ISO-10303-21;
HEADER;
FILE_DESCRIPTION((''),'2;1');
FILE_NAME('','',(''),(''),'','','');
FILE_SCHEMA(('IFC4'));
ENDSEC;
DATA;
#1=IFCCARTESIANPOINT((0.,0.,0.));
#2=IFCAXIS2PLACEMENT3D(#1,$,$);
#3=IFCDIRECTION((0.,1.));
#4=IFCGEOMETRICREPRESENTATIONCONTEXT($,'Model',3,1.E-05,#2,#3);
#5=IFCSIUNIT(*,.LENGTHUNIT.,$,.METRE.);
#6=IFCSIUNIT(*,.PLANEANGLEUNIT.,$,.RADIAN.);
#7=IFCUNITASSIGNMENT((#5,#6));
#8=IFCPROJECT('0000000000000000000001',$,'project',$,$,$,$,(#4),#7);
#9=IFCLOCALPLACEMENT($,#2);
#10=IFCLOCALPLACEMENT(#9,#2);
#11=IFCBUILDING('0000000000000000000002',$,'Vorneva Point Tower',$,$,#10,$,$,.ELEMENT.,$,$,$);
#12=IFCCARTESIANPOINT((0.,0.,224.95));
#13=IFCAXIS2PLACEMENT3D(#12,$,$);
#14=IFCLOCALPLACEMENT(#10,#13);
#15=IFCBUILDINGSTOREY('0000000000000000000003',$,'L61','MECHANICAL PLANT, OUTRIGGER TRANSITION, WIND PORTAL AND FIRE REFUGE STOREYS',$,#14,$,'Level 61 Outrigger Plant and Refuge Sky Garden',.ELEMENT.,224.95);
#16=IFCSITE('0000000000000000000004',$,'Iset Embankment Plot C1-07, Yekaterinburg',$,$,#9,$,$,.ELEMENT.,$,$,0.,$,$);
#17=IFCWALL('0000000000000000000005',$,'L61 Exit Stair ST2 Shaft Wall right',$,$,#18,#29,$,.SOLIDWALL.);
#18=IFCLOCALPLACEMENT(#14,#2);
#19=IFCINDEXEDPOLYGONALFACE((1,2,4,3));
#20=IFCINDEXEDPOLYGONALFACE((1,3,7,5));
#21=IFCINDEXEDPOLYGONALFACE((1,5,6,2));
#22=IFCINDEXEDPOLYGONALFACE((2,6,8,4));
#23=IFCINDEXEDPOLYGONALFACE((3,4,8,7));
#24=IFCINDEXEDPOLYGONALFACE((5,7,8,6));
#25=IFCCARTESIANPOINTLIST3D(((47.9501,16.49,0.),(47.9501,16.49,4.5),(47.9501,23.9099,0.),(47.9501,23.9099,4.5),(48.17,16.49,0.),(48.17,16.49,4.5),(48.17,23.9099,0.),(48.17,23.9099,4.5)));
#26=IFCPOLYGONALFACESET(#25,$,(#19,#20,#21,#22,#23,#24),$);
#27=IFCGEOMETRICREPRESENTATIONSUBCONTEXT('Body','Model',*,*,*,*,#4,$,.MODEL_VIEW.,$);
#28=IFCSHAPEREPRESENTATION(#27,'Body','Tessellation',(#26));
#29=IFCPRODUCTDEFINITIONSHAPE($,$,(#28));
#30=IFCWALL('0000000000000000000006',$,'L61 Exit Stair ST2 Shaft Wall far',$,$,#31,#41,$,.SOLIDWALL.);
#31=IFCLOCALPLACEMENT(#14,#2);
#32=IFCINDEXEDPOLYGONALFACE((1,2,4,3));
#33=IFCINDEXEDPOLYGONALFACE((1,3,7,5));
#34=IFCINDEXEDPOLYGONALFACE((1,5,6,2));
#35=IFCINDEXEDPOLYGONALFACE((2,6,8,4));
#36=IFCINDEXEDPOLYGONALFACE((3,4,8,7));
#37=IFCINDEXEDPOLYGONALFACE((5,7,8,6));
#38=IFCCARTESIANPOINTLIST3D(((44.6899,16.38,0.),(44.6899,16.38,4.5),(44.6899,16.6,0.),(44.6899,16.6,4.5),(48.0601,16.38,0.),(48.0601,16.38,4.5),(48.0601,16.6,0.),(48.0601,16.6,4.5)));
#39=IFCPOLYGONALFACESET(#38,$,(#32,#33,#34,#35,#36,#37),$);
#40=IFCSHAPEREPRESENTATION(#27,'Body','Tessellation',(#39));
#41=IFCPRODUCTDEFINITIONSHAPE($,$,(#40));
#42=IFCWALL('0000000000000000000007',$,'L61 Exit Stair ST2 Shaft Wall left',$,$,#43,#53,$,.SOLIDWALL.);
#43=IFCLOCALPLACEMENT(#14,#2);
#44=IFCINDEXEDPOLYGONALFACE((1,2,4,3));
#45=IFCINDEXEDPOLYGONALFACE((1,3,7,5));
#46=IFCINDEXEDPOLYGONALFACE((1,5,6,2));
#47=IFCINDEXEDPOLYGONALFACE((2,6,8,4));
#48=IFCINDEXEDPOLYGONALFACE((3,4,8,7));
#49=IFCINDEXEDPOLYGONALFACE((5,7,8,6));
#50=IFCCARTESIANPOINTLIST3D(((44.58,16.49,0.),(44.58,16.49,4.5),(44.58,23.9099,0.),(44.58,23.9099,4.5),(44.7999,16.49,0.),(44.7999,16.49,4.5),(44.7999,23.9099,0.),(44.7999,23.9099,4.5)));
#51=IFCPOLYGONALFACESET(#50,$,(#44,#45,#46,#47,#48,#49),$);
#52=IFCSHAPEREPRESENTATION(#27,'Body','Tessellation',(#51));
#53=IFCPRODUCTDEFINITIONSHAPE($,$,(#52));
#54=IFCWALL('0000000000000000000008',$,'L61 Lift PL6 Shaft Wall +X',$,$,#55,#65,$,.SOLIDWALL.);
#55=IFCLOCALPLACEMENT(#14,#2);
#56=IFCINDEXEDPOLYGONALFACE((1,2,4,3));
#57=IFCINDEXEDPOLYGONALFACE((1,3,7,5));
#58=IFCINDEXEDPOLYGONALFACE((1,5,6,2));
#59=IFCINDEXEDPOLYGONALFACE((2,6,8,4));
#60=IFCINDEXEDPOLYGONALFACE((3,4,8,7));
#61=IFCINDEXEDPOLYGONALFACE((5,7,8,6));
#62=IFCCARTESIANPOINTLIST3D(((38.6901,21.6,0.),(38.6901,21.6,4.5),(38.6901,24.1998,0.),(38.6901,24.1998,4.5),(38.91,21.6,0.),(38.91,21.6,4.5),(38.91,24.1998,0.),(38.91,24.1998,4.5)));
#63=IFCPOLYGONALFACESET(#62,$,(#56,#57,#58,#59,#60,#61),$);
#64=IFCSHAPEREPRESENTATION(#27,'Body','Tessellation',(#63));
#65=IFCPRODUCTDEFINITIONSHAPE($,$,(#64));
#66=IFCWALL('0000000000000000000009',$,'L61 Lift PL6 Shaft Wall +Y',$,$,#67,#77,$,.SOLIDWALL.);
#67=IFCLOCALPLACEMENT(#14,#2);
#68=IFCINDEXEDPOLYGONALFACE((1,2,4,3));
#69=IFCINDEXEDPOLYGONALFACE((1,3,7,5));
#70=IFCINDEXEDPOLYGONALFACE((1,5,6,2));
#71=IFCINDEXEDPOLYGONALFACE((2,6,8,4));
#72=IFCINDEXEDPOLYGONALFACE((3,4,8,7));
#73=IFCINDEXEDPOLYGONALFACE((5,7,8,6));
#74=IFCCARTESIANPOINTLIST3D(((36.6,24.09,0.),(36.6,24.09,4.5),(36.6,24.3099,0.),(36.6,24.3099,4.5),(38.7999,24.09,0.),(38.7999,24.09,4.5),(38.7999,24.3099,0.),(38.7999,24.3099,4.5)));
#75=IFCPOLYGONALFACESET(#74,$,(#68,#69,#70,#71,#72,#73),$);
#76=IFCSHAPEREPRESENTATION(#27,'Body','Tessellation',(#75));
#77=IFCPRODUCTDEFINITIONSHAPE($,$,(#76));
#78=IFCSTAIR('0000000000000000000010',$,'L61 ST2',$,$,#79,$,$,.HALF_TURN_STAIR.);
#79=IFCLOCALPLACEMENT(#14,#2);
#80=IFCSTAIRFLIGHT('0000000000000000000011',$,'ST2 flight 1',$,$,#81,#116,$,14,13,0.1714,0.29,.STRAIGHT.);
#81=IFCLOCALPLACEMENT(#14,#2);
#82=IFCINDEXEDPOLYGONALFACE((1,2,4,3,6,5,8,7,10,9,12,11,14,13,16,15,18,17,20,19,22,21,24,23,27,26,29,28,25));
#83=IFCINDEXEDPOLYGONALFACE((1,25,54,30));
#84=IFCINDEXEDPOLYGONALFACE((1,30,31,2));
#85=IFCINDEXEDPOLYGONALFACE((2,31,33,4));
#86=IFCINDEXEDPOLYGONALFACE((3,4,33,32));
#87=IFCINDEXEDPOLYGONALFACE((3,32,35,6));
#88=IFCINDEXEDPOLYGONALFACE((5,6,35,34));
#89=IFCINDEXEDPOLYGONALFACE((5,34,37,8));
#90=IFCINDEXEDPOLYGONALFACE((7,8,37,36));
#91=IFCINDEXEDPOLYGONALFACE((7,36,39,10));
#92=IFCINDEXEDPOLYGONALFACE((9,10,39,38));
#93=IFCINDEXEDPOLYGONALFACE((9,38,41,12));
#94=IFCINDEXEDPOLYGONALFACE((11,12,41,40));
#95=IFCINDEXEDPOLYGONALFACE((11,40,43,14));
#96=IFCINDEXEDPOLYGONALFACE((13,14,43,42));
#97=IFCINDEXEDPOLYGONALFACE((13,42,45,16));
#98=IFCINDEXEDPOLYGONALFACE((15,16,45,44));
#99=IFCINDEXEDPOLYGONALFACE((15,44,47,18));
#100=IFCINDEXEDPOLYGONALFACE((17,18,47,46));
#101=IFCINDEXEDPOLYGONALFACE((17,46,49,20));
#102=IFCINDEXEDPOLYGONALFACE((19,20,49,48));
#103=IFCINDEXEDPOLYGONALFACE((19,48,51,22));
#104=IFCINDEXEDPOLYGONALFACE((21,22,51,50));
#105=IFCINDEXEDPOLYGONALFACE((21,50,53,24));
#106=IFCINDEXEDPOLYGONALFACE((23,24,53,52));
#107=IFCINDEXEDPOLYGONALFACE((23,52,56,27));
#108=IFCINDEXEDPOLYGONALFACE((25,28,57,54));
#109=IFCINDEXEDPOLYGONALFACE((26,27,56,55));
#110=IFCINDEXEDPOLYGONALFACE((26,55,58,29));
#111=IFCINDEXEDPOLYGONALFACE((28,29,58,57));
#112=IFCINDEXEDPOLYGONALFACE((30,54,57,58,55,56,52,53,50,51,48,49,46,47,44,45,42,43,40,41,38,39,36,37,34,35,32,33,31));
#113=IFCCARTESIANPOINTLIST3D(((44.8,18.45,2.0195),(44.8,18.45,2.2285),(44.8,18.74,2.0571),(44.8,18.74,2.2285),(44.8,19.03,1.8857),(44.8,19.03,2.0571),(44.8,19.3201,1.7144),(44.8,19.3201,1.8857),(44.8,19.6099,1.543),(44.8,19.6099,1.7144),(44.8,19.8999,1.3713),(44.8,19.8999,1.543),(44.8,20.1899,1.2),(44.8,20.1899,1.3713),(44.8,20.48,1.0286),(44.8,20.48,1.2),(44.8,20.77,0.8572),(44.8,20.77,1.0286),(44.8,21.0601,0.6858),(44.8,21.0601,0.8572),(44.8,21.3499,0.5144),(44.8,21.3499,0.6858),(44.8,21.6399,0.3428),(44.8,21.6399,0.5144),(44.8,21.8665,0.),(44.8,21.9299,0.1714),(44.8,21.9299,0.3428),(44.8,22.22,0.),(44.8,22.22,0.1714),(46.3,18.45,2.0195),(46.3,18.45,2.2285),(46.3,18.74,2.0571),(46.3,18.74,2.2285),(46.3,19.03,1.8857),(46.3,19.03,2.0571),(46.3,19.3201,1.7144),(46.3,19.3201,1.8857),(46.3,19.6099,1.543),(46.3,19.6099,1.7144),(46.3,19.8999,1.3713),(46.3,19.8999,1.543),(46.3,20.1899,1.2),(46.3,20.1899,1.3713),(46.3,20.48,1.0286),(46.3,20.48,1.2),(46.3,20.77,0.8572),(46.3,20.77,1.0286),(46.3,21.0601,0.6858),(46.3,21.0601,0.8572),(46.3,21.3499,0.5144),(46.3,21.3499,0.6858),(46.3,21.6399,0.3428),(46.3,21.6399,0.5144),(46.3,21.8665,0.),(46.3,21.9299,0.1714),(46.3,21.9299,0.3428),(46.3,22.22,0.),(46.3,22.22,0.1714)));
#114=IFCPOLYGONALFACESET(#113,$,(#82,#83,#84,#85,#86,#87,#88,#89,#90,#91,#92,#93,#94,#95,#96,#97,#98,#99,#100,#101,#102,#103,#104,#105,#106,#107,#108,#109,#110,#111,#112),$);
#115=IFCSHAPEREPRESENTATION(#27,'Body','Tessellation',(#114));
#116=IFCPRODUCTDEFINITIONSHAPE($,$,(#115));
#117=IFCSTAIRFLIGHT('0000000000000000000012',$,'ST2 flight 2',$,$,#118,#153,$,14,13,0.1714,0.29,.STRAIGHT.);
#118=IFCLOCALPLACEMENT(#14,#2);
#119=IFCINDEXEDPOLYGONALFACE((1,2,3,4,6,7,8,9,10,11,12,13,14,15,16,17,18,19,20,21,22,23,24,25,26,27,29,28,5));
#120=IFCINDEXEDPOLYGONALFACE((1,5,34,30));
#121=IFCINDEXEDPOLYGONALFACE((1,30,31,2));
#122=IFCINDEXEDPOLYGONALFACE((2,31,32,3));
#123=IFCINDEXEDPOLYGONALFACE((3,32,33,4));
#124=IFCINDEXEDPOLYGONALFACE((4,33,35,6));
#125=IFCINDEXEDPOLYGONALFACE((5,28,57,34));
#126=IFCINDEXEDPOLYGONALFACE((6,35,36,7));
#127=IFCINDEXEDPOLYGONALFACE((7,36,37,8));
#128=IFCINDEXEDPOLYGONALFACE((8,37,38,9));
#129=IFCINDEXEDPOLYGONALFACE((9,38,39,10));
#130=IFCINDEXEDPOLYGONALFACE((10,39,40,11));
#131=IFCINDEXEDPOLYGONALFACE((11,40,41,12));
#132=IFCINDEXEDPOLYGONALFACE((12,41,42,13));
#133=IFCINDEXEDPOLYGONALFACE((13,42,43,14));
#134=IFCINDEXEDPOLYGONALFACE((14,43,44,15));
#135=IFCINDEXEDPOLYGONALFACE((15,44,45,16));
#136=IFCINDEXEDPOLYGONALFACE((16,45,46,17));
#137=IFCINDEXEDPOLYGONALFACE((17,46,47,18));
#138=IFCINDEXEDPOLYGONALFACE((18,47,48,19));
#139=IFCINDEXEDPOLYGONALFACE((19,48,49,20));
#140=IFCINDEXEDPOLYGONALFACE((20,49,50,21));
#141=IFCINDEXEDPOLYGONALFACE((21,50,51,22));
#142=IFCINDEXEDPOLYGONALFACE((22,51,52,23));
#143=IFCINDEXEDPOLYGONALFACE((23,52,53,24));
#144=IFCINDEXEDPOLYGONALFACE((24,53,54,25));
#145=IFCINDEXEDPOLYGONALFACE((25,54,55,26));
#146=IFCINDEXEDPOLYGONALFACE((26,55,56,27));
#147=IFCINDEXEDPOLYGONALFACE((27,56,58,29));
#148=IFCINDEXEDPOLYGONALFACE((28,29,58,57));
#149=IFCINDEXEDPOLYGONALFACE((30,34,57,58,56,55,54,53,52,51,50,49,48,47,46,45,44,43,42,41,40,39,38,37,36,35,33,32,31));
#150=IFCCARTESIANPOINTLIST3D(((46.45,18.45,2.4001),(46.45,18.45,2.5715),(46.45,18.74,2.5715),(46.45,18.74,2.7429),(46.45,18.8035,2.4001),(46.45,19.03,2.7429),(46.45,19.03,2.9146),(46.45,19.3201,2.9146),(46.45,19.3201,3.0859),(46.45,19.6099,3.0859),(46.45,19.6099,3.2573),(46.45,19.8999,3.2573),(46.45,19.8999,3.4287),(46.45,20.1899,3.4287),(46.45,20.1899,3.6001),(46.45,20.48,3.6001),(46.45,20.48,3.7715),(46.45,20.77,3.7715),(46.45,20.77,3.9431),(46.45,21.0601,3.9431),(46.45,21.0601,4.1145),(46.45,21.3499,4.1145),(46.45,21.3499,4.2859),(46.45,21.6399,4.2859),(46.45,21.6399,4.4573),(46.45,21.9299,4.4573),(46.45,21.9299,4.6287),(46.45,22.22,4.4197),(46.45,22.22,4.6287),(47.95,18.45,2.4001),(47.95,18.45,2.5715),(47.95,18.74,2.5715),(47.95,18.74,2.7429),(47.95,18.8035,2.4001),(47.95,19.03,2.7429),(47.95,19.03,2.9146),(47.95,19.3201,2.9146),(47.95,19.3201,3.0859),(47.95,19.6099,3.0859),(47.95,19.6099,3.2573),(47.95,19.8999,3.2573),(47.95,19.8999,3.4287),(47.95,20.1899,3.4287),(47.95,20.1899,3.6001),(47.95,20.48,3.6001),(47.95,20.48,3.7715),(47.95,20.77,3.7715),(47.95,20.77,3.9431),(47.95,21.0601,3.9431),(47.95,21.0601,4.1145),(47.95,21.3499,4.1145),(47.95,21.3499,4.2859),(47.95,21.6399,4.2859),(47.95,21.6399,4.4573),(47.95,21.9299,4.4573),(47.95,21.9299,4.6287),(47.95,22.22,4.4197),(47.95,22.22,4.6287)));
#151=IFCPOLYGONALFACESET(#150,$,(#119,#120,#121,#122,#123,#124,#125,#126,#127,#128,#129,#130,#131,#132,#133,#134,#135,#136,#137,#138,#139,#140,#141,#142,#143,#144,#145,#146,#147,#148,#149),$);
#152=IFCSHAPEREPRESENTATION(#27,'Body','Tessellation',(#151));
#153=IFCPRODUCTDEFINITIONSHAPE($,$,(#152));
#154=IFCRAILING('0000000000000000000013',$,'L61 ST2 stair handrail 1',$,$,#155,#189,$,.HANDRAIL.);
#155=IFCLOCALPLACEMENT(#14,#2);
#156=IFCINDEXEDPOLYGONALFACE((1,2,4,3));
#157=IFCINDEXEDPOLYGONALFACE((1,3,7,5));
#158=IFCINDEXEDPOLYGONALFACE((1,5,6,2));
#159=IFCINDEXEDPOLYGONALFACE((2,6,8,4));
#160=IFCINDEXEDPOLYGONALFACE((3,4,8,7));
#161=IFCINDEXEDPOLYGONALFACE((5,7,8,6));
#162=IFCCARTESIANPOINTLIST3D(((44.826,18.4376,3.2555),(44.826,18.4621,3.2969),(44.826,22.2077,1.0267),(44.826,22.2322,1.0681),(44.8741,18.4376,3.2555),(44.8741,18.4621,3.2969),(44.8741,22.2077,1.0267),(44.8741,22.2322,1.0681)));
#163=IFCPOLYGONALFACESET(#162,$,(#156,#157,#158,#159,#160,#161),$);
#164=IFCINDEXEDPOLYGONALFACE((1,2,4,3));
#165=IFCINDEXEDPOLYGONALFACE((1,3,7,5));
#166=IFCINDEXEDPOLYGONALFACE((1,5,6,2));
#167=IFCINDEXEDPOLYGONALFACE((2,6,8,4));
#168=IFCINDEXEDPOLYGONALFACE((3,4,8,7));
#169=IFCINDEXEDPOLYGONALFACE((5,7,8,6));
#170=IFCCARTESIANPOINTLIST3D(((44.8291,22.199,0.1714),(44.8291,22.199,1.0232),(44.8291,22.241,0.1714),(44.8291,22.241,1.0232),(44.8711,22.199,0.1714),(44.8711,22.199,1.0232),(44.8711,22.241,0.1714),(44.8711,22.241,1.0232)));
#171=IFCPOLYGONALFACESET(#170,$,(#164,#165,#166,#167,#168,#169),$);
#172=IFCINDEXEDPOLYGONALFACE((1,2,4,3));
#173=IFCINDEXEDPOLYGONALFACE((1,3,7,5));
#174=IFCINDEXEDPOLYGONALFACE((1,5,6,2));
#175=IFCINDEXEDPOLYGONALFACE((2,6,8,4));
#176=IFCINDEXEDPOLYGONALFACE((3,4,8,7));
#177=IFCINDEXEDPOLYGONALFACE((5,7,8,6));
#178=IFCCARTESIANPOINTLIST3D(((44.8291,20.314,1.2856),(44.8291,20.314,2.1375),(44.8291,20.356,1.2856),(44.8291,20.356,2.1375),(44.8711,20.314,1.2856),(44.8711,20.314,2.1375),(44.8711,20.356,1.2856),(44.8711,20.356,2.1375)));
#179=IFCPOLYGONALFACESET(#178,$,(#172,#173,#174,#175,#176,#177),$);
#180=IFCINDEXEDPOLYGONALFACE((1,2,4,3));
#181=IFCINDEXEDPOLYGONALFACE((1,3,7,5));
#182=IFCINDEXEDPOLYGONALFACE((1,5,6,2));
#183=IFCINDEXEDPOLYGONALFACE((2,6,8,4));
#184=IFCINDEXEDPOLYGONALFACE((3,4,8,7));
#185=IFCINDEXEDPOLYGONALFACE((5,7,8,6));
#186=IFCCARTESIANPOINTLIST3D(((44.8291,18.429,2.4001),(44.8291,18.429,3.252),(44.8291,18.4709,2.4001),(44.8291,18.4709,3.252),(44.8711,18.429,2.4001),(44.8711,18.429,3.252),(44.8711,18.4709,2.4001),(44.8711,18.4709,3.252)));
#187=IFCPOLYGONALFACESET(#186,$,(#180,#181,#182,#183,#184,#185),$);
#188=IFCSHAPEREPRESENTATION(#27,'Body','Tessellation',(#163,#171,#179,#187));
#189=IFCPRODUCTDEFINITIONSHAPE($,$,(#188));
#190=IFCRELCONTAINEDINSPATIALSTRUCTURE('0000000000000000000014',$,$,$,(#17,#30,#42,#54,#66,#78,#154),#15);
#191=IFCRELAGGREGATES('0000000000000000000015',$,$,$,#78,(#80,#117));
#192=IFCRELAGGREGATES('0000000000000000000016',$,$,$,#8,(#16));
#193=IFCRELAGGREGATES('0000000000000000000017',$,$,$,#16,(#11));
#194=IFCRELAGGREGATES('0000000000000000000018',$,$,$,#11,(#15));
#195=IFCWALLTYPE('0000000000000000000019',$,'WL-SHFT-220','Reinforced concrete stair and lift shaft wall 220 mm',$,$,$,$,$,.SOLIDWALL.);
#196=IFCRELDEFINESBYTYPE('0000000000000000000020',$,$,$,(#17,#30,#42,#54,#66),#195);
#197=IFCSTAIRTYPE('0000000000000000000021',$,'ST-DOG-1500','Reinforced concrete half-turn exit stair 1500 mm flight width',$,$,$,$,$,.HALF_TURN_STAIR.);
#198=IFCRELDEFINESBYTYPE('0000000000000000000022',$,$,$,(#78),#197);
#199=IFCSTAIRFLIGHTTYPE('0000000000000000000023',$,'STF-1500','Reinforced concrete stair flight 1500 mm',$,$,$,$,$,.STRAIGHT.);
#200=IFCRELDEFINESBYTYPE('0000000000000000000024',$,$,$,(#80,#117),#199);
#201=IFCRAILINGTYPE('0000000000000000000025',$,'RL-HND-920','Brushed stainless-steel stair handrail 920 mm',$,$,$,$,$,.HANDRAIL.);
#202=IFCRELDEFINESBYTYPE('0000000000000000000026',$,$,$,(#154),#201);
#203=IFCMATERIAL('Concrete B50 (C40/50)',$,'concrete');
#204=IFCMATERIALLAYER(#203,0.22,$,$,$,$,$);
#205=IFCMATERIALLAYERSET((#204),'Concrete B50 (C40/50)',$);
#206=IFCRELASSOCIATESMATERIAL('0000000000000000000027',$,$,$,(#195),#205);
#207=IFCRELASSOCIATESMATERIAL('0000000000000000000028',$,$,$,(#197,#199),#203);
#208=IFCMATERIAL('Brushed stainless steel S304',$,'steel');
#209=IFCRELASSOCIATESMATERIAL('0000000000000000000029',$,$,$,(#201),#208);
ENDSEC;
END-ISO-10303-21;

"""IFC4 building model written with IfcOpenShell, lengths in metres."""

from ifc_helpers import new_model, si_unit, direction, frame, frame_2d, origin, origin_2d, place, context, subcontext, project, spatial, polyline, rectangle, outline, extrude, material, layer, layer_set, type_object, element, aggregate, save


model = new_model("IFC4")

# Units and contexts
model_context = context("Model", 3, precision=1e-05, world=origin(), true_north=direction((0.0, 1.0)))
body_context = subcontext(model_context, "Body", "Model", "MODEL_VIEW")
ifc_project = project(units=[si_unit("LENGTHUNIT", "METRE"), si_unit("PLANEANGLEUNIT", "RADIAN")], contexts=[model_context])

# Site, building, storey
site_placement = place(None, origin())
site = spatial("IfcSite", under=ifc_project, at=site_placement, Name="Iset Embankment Plot C1-07, Yekaterinburg", CompositionType="ELEMENT", RefElevation=0.0)
building_placement = place(site_placement, origin())
building = spatial("IfcBuilding", under=site, at=building_placement, Name="Vorneva Point Tower", CompositionType="ELEMENT")
storey_placement = place(building_placement, frame((0.0, 0.0, 224.95)))
storey = spatial("IfcBuildingStorey", under=building, at=storey_placement, Name="L61", Description="MECHANICAL PLANT, OUTRIGGER TRANSITION, WIND PORTAL AND FIRE REFUGE STOREYS", LongName="Level 61 Outrigger Plant and Refuge Sky Garden", CompositionType="ELEMENT", Elevation=224.95)

# Shared definitions
ifc_material_1 = material(Name="Concrete B50 (C40/50)", Category="concrete")

# Shared definitions
ifc_layer_1 = layer(ifc_material_1, 0.22)
ifc_layer_set_1 = layer_set([ifc_layer_1], Name="Concrete B50 (C40/50)")
wall_type_1 = type_object("IfcWallType", Name="WL-SHFT-220", Description="Reinforced concrete stair and lift shaft wall 220 mm", PredefinedType="SOLIDWALL", material=ifc_layer_set_1)

# Walls
wall_1_placement = place(storey_placement, frame((48.0601, 23.9099, 0.0), z_axis=(0.0, 0.0, 1.0), x_axis=(0.0, -1.0, 0.0)))
element("IfcWall", 1, at=wall_1_placement, inside=storey, type_object=wall_type_1, Name="L61 Exit Stair ST2 Shaft Wall right", PredefinedType="SOLIDWALL", context=body_context, shape_type="SweptSolid", body=[
    extrude(rectangle(XDim=7.4199, YDim=0.22, at=frame_2d((3.71, 0.0))), origin(), (0.0, 0.0, 1.0), 4.5),
])
wall_2_placement = place(storey_placement, frame((48.0601, 16.49, 0.0), z_axis=(0.0, 0.0, 1.0), x_axis=(-1.0, 0.0, 0.0)))
element("IfcWall", 2, at=wall_2_placement, inside=storey, type_object=wall_type_1, Name="L61 Exit Stair ST2 Shaft Wall far", PredefinedType="SOLIDWALL", context=body_context, shape_type="SweptSolid", body=[
    extrude(rectangle(XDim=3.3701, YDim=0.22, at=frame_2d((1.6851, 0.0))), origin(), (0.0, 0.0, 1.0), 4.5),
])
wall_3_placement = place(storey_placement, frame((44.6899, 16.49, 0.0), z_axis=(0.0, 0.0, 1.0), x_axis=(0.0, 1.0, 0.0)))
element("IfcWall", 3, at=wall_3_placement, inside=storey, type_object=wall_type_1, Name="L61 Exit Stair ST2 Shaft Wall left", PredefinedType="SOLIDWALL", context=body_context, shape_type="SweptSolid", body=[
    extrude(rectangle(XDim=7.4199, YDim=0.22, at=frame_2d((3.71, 0.0))), origin(), (0.0, 0.0, 1.0), 4.5),
])
wall_4_placement = place(storey_placement, frame((38.8, 21.6001, 0.0), z_axis=(0.0, 0.0, 1.0), x_axis=(0.0, 1.0, 0.0)))
element("IfcWall", 4, at=wall_4_placement, inside=storey, type_object=wall_type_1, Name="L61 Lift PL6 Shaft Wall +X", PredefinedType="SOLIDWALL", context=body_context, shape_type="SweptSolid", body=[
    extrude(rectangle(XDim=2.5999, YDim=0.22, at=frame_2d((1.2998, 0.0))), origin(), (0.0, 0.0, 1.0), 4.5),
])
wall_5_placement = place(storey_placement, frame((38.8, 24.2, 0.0), z_axis=(0.0, 0.0, 1.0), x_axis=(-1.0, 0.0, 0.0)))
element("IfcWall", 5, at=wall_5_placement, inside=storey, type_object=wall_type_1, Name="L61 Lift PL6 Shaft Wall +Y", PredefinedType="SOLIDWALL", context=body_context, shape_type="SweptSolid", body=[
    extrude(rectangle(XDim=2.2, YDim=0.22, at=frame_2d((1.1001, 0.0))), origin(), (0.0, 0.0, 1.0), 4.5),
])

# Stair, stair flights
stair_type = type_object("IfcStairType", Name="ST-DOG-1500", Description="Reinforced concrete half-turn exit stair 1500 mm flight width", PredefinedType="HALF_TURN_STAIR", material=ifc_material_1)
stair_placement = place(storey_placement, origin())
stair = element("IfcStair", 6, at=stair_placement, inside=storey, type_object=stair_type, Name="L61 ST2", PredefinedType="HALF_TURN_STAIR")
stair_flight_type = type_object("IfcStairFlightType", Name="STF-1500", Description="Reinforced concrete stair flight 1500 mm", PredefinedType="STRAIGHT", material=ifc_material_1)
stair_flight_1_placement = place(storey_placement, frame((45.55, 22.22, 0.0), z_axis=(0.0, 0.0, 1.0), x_axis=(0.0, -1.0, 0.0)))
stair_flight_1 = element("IfcStairFlight", 7, at=stair_flight_1_placement, type_object=stair_flight_type, Name="ST2 flight 1", NumberOfRisers=14, NumberOfTreads=13, PredefinedType="STRAIGHT", RiserHeight=0.1714, TreadLength=0.29, context=body_context, shape_type="SweptSolid", body=[
    extrude(outline(polyline([(0.0, 0.0), (0.0, 0.1714), (0.29, 0.1714), (0.29, 0.3428), (0.5801, 0.3428), (0.5801, 0.5144), (0.8701, 0.5144), (0.8701, 0.6858), (1.1599, 0.6858), (1.1599, 0.8572), (1.45, 0.8572), (1.45, 1.0286), (1.74, 1.0286), (1.74, 1.2), (2.03, 1.2), (2.03, 1.3713), (2.3201, 1.3713), (2.3201, 1.543), (2.6101, 1.543), (2.6101, 1.7144), (2.8999, 1.7144), (2.8999, 1.8857), (3.1899, 1.8857), (3.1899, 2.0571), (3.48, 2.0571), (3.48, 2.2285), (3.77, 2.2285), (3.77, 2.3999), (3.77, 2.0195), (0.3535, 0.0), (0.0, 0.0)])), frame((0.0, 0.75, 0.0), z_axis=(0.0, -1.0, 0.0), x_axis=(1.0, 0.0, 0.0)), (0.0, 0.0, 1.0), 1.5),
])
stair_flight_2_placement = place(storey_placement, frame((47.2, 18.45, 2.4001), z_axis=(0.0, 0.0, 1.0), x_axis=(0.0, 1.0, 0.0)))
stair_flight_2 = element("IfcStairFlight", 8, at=stair_flight_2_placement, type_object=stair_flight_type, Name="ST2 flight 2", NumberOfRisers=14, NumberOfTreads=13, PredefinedType="STRAIGHT", RiserHeight=0.1714, TreadLength=0.29, context=body_context, shape_type="SweptSolid", body=[
    extrude(outline(polyline([(0.0, 0.0), (0.0, 0.1714), (0.29, 0.1714), (0.29, 0.3428), (0.5801, 0.3428), (0.5801, 0.5144), (0.8701, 0.5144), (0.8701, 0.6858), (1.1599, 0.6858), (1.1599, 0.8572), (1.45, 0.8572), (1.45, 1.0286), (1.74, 1.0286), (1.74, 1.2), (2.03, 1.2), (2.03, 1.3713), (2.3201, 1.3713), (2.3201, 1.543), (2.6101, 1.543), (2.6101, 1.7144), (2.8999, 1.7144), (2.8999, 1.8857), (3.1899, 1.8857), (3.1899, 2.0571), (3.48, 2.0571), (3.48, 2.2285), (3.77, 2.2285), (3.77, 2.3999), (3.77, 2.0195), (0.3535, 0.0), (0.0, 0.0)])), frame((0.0, 0.75, 0.0), z_axis=(0.0, -1.0, 0.0), x_axis=(1.0, 0.0, 0.0)), (0.0, 0.0, 1.0), 1.5),
])
aggregate(stair, [stair_flight_1, stair_flight_2])

# Railing
ifc_material_2 = material(Name="Brushed stainless steel S304", Category="steel")
railing_type_1 = type_object("IfcRailingType", Name="RL-HND-920", Description="Brushed stainless-steel stair handrail 920 mm", PredefinedType="HANDRAIL", material=ifc_material_2)
railing_1_placement = place(storey_placement, frame((44.8501, 22.22, 0.1714)))
element("IfcRailing", 9, at=railing_1_placement, inside=storey, type_object=railing_type_1, Name="L61 ST2 stair handrail 1", PredefinedType="HANDRAIL", context=body_context, shape_type="SweptSolid", body=[
    extrude(rectangle(XDim=0.0481, YDim=0.0481, at=origin_2d()), frame((0.0, 0.0, 0.876), z_axis=(0.0, -0.860824, 0.508902), x_axis=(1.0, 0.0, 0.0)), (0.0, 0.0, 1.0), 4.3796),
    extrude(rectangle(XDim=0.042, YDim=0.042, at=origin_2d()), origin(), (0.0, 0.0, 1.0), 0.8518),
    extrude(rectangle(XDim=0.042, YDim=0.042, at=origin_2d()), frame((0.0, -1.885, 1.1143)), (0.0, 0.0, 1.0), 0.8518),
    extrude(rectangle(XDim=0.042, YDim=0.042, at=origin_2d()), frame((0.0, -3.77, 2.2288)), (0.0, 0.0, 1.0), 0.8518),
])

save(model, "model.ifc")
